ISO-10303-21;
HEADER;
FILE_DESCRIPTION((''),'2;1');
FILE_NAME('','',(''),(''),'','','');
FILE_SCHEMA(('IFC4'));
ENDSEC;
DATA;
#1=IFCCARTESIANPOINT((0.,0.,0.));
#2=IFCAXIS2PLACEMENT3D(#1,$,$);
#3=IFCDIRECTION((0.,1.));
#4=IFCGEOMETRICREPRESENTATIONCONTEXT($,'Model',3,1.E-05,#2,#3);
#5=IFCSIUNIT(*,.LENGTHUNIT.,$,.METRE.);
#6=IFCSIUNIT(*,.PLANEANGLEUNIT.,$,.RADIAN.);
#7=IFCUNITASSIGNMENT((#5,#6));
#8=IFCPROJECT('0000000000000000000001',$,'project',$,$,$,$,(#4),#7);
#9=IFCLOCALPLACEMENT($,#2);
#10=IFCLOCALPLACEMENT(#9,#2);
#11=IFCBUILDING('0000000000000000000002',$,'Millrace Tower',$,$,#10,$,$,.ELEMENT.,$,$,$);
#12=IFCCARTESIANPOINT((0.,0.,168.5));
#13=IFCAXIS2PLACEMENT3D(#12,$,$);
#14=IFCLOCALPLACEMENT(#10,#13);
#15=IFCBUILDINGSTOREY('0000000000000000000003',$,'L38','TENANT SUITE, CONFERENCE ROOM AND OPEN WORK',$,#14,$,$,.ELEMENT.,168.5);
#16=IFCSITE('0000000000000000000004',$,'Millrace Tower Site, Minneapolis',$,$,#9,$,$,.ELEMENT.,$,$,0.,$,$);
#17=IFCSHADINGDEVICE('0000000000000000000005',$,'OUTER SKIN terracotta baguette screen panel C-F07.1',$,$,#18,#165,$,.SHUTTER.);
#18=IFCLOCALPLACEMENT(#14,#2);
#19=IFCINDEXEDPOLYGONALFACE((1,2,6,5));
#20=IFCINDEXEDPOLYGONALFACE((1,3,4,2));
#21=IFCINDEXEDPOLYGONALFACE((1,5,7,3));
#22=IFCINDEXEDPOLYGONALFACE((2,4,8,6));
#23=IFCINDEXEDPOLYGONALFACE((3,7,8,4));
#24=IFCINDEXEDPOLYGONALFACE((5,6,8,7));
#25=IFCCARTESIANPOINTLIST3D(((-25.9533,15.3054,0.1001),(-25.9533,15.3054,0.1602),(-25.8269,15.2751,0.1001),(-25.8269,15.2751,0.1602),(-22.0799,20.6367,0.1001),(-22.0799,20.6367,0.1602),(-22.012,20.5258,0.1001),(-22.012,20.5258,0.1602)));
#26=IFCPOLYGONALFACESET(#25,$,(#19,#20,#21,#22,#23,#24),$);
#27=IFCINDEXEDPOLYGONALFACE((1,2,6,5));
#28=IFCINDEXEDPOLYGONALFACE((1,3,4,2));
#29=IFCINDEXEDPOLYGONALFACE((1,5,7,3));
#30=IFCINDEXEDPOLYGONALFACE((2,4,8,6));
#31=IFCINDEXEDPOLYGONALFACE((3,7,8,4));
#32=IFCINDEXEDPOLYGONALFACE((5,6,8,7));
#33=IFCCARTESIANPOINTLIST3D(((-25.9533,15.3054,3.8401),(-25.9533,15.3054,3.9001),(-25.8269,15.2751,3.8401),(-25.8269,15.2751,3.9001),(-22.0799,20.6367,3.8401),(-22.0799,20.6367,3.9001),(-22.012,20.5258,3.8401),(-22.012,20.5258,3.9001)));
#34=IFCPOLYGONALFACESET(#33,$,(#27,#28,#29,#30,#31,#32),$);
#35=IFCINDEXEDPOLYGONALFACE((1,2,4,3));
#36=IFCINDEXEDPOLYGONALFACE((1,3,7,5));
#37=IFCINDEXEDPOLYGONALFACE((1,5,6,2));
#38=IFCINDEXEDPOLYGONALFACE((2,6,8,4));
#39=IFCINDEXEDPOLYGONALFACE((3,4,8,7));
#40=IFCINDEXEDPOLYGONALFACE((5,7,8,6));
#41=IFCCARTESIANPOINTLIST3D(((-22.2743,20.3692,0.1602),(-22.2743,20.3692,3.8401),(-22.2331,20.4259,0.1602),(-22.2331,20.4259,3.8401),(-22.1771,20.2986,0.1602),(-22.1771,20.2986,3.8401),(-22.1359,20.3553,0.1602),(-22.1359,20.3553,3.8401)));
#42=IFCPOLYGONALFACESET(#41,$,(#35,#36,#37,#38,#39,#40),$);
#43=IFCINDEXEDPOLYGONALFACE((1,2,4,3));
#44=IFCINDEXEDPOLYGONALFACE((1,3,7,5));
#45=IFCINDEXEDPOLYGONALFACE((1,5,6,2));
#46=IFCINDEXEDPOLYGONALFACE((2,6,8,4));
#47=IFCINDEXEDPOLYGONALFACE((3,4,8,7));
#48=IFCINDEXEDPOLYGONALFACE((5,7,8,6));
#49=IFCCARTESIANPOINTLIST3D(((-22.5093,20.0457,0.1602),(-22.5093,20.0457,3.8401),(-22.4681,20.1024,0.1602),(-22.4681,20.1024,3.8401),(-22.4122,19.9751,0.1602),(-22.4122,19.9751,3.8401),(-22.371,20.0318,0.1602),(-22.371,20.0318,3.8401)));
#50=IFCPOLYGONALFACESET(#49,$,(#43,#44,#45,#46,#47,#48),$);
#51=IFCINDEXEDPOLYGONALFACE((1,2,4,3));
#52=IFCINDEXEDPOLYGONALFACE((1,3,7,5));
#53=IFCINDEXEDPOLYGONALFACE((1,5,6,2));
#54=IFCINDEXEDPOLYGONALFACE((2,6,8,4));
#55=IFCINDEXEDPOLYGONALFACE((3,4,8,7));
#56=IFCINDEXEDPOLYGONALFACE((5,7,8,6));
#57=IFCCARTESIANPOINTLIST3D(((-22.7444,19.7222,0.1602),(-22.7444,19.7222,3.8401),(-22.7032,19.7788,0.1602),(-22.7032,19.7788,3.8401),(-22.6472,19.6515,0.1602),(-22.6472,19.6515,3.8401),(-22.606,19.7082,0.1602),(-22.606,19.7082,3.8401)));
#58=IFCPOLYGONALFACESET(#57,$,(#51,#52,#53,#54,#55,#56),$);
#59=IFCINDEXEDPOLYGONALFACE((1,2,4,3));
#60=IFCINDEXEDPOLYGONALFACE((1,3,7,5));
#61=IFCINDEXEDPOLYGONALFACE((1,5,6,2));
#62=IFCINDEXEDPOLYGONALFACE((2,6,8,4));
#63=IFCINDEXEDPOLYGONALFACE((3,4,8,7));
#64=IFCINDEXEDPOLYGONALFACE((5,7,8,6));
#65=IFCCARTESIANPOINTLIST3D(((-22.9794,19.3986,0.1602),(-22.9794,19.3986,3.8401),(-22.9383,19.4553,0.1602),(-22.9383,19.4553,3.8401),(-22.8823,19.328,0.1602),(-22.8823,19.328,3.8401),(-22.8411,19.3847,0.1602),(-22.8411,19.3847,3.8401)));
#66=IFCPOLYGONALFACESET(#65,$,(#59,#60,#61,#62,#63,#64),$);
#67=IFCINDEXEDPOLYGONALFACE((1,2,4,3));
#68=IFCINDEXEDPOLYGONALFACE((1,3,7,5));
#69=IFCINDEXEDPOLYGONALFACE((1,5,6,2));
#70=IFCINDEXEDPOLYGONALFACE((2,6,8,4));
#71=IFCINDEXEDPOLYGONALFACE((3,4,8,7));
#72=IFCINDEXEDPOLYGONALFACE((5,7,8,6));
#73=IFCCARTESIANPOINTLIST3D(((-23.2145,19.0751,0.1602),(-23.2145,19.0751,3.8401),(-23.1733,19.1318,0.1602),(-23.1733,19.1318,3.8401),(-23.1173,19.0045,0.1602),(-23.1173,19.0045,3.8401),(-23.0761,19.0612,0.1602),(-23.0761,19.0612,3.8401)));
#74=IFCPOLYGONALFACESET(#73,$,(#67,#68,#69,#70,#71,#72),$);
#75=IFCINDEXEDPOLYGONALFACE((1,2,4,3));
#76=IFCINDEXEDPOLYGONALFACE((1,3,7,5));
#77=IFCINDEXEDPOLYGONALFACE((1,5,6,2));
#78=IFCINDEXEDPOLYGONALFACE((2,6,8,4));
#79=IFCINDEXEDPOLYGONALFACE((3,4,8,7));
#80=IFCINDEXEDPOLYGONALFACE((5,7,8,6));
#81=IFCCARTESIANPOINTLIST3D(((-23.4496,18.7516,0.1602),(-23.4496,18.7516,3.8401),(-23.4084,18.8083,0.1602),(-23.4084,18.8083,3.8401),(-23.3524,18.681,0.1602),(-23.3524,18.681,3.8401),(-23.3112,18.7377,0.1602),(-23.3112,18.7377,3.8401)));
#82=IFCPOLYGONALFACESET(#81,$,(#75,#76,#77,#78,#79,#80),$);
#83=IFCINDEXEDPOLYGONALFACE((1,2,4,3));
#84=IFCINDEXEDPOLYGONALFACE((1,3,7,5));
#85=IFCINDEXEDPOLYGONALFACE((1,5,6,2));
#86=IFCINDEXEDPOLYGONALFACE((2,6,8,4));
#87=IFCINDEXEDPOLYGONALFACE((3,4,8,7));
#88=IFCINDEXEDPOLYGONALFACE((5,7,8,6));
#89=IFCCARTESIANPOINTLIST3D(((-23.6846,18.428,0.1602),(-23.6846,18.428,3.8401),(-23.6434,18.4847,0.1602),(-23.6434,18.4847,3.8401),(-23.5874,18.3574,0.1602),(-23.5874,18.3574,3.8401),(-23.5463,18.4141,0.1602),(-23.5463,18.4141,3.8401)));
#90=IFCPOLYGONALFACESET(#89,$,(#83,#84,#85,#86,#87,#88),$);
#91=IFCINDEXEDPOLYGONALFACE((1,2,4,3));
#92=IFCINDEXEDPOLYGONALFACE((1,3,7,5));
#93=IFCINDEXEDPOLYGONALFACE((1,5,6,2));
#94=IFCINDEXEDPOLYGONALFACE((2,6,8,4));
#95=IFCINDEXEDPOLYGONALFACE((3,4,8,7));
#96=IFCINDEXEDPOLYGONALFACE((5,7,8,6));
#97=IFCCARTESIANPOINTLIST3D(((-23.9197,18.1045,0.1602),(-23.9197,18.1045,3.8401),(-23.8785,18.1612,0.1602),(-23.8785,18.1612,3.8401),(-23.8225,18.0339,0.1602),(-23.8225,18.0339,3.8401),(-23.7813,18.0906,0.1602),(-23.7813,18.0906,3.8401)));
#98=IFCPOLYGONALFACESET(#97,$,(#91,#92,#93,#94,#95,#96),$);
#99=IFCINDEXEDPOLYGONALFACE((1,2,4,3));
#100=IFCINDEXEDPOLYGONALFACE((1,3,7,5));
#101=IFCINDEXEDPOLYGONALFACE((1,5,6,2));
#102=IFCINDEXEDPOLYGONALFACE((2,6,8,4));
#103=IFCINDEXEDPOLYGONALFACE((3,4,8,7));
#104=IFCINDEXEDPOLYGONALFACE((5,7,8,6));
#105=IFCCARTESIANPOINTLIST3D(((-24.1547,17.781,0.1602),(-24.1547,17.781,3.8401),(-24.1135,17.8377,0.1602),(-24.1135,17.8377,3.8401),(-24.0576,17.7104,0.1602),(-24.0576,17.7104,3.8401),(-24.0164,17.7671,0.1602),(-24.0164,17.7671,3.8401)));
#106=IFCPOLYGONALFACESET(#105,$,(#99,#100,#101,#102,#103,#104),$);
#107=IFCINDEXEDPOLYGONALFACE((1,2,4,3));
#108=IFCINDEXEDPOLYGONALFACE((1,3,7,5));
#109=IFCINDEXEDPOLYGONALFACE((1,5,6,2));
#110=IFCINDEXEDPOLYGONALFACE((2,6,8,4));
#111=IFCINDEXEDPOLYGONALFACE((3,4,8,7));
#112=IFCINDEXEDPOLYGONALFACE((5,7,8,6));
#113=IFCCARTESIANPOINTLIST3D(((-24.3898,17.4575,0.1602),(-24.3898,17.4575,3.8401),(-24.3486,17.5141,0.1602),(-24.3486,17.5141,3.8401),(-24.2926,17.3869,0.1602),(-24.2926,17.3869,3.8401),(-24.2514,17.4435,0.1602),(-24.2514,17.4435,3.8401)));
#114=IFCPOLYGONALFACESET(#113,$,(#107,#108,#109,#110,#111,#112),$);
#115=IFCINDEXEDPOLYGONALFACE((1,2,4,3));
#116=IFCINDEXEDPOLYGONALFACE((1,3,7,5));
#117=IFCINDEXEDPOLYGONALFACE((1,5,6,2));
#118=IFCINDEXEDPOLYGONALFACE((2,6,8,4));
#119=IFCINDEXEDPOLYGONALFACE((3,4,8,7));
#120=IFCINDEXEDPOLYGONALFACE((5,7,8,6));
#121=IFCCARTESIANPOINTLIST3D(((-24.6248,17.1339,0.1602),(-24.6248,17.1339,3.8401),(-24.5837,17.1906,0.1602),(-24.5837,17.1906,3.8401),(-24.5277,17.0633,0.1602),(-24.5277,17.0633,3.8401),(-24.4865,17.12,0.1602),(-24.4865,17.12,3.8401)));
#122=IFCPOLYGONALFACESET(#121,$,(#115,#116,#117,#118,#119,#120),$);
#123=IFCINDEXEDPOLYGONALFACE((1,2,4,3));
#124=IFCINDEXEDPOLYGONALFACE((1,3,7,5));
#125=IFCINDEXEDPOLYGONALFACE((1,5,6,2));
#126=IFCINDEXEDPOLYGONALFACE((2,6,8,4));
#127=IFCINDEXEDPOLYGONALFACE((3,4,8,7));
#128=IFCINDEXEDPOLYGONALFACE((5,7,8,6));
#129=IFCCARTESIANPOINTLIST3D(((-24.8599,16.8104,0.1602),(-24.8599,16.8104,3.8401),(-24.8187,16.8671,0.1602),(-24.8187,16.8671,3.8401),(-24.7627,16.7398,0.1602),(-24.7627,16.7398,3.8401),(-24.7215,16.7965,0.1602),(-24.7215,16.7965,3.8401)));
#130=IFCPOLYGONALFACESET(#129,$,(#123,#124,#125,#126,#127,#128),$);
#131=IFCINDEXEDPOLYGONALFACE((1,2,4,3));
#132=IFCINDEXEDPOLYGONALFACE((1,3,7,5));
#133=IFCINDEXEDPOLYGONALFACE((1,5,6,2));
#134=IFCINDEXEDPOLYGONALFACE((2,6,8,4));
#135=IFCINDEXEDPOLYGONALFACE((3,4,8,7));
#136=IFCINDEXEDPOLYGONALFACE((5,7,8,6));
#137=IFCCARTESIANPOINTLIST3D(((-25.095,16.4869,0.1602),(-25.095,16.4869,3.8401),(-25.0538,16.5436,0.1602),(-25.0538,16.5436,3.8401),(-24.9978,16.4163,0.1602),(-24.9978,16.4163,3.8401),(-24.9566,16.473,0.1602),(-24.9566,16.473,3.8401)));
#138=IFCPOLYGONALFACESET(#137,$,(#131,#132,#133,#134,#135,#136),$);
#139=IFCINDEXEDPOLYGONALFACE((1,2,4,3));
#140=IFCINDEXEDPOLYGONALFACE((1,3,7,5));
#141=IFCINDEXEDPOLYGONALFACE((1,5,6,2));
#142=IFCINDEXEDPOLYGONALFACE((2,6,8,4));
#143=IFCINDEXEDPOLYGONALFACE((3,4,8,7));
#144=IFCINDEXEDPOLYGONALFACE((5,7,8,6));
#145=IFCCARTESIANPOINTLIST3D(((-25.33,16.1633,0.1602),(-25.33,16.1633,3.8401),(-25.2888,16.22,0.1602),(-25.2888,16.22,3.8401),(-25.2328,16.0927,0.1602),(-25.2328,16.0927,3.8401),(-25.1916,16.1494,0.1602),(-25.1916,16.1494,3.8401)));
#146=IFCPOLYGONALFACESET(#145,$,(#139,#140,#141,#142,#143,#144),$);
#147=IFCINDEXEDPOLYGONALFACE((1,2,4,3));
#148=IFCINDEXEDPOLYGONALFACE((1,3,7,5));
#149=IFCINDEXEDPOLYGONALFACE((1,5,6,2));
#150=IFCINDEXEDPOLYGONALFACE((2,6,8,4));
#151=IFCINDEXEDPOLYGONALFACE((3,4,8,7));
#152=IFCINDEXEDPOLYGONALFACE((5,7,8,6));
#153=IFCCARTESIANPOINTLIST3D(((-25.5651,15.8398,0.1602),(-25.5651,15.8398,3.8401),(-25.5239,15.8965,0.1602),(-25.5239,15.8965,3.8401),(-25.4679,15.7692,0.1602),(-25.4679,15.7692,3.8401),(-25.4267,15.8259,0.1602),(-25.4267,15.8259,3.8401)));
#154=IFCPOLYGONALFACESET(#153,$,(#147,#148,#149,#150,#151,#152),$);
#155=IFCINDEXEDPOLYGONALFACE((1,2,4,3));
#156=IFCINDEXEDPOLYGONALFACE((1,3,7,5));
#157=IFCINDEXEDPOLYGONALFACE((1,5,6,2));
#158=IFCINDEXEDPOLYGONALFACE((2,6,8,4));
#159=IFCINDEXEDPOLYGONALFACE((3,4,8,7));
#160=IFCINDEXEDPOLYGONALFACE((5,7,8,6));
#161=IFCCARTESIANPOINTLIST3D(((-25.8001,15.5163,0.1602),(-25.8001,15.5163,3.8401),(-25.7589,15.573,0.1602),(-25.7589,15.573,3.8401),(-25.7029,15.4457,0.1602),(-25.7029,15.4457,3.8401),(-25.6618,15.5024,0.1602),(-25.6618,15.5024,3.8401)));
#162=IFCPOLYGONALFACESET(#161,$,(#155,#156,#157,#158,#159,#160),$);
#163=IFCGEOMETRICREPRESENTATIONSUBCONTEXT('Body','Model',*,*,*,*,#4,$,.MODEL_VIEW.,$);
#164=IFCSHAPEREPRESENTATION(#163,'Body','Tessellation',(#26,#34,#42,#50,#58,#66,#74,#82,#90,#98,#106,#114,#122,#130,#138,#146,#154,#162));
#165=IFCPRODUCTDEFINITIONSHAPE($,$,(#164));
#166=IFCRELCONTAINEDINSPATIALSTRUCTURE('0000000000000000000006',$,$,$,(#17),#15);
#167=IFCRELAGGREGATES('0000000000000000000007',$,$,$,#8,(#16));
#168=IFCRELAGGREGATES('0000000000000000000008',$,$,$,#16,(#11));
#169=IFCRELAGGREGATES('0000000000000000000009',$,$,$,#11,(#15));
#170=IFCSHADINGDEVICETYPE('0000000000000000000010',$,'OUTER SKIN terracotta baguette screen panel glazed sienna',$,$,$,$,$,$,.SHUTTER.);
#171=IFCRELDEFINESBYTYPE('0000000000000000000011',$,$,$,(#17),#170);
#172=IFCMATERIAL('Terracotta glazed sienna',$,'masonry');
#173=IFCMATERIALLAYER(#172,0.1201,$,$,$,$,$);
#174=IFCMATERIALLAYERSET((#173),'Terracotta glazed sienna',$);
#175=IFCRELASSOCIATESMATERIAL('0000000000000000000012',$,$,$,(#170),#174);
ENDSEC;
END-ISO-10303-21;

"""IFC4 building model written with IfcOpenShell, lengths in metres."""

from ifc_helpers import new_model, entity, si_unit, direction, frame, frame_2d, origin, place, context, subcontext, project, spatial, rectangle, extrude, source, transform, mapped, material, layer, layer_set, type_object, element, save


model = new_model("IFC4")

# Units and contexts
model_context = context("Model", 3, precision=1e-05, world=origin(), true_north=direction((0.0, 1.0)))
body_context = subcontext(model_context, "Body", "Model", "MODEL_VIEW")
ifc_project = project(units=[si_unit("LENGTHUNIT", "METRE"), si_unit("PLANEANGLEUNIT", "RADIAN")], contexts=[model_context])

# Site, building, storey
site_placement = place(None, origin())
site = spatial("IfcSite", under=ifc_project, at=site_placement, Name="Millrace Tower Site, Minneapolis", CompositionType="ELEMENT", RefElevation=0.0)
building_placement = place(site_placement, origin())
building = spatial("IfcBuilding", under=site, at=building_placement, Name="Millrace Tower", CompositionType="ELEMENT")
storey_placement = place(building_placement, frame((0.0, 0.0, 168.5)))
storey = spatial("IfcBuildingStorey", under=building, at=storey_placement, Name="L38", Description="TENANT SUITE, CONFERENCE ROOM AND OPEN WORK", CompositionType="ELEMENT", Elevation=168.5)

# Shading device
ifc_material_1 = material(Name="Terracotta glazed sienna", Category="masonry")
ifc_layer_1 = layer(ifc_material_1, 0.1201)
ifc_layer_set_1 = layer_set([ifc_layer_1], Name="Terracotta glazed sienna")
shading_device_type = type_object("IfcShadingDeviceType", Name="OUTER SKIN terracotta baguette screen panel glazed sienna", PredefinedType="SHUTTER", material=ifc_layer_set_1)
cartesian_point_1 = entity("IfcCartesianPoint", [-3.2451, 0.0601])
shared_polyline_1 = entity("IfcPolyline", [cartesian_point_1, entity("IfcCartesianPoint", [3.2451, 0.0601]), entity("IfcCartesianPoint", [3.2949, -0.0601]), entity("IfcCartesianPoint", [-3.2949, -0.0601]), cartesian_point_1])
shared_shape_1 = source(origin(), body_context, "Body", "SweptSolid", [
    entity("IfcExtrudedAreaSolid", entity("IfcArbitraryClosedProfileDef", "AREA", None, shared_polyline_1), entity("IfcAxis2Placement3D", entity("IfcCartesianPoint", [0.0, 0.0, 0.0])), entity("IfcDirection", [0.0, 0.0, 1.0]), 0.0601),
    entity("IfcExtrudedAreaSolid", entity("IfcArbitraryClosedProfileDef", "AREA", None, shared_polyline_1), entity("IfcAxis2Placement3D", entity("IfcCartesianPoint", [0.0, 0.0, 3.74])), entity("IfcDirection", [0.0, 0.0, 1.0]), 0.0601),
    extrude(rectangle(XDim=0.0701, YDim=0.1201, at=frame_2d((-2.9993, 0.0))), frame((0.0, 0.0, 0.0601)), (0.0, 0.0, 1.0), 3.6799),
    extrude(rectangle(XDim=0.0701, YDim=0.1201, at=frame_2d((-2.5994, 0.0))), frame((0.0, 0.0, 0.0601)), (0.0, 0.0, 1.0), 3.6799),
    extrude(rectangle(XDim=0.0701, YDim=0.1201, at=frame_2d((-2.1995, 0.0))), frame((0.0, 0.0, 0.0601)), (0.0, 0.0, 1.0), 3.6799),
    extrude(rectangle(XDim=0.0701, YDim=0.1201, at=frame_2d((-1.7996, 0.0))), frame((0.0, 0.0, 0.0601)), (0.0, 0.0, 1.0), 3.6799),
    extrude(rectangle(XDim=0.0701, YDim=0.1201, at=frame_2d((-1.3997, 0.0))), frame((0.0, 0.0, 0.0601)), (0.0, 0.0, 1.0), 3.6799),
    extrude(rectangle(XDim=0.0701, YDim=0.1201, at=frame_2d((-0.9998, 0.0))), frame((0.0, 0.0, 0.0601)), (0.0, 0.0, 1.0), 3.6799),
    extrude(rectangle(XDim=0.0701, YDim=0.1201, at=frame_2d((-0.5999, 0.0))), frame((0.0, 0.0, 0.0601)), (0.0, 0.0, 1.0), 3.6799),
    extrude(rectangle(XDim=0.0701, YDim=0.1201, at=frame_2d((-0.2, 0.0))), frame((0.0, 0.0, 0.0601)), (0.0, 0.0, 1.0), 3.6799),
    extrude(rectangle(XDim=0.0701, YDim=0.1201, at=frame_2d((0.2, 0.0))), frame((0.0, 0.0, 0.0601)), (0.0, 0.0, 1.0), 3.6799),
    extrude(rectangle(XDim=0.0701, YDim=0.1201, at=frame_2d((0.5999, 0.0))), frame((0.0, 0.0, 0.0601)), (0.0, 0.0, 1.0), 3.6799),
    extrude(rectangle(XDim=0.0701, YDim=0.1201, at=frame_2d((0.9998, 0.0))), frame((0.0, 0.0, 0.0601)), (0.0, 0.0, 1.0), 3.6799),
    extrude(rectangle(XDim=0.0701, YDim=0.1201, at=frame_2d((1.3997, 0.0))), frame((0.0, 0.0, 0.0601)), (0.0, 0.0, 1.0), 3.6799),
    extrude(rectangle(XDim=0.0701, YDim=0.1201, at=frame_2d((1.7996, 0.0))), frame((0.0, 0.0, 0.0601)), (0.0, 0.0, 1.0), 3.6799),
    extrude(rectangle(XDim=0.0701, YDim=0.1201, at=frame_2d((2.1995, 0.0))), frame((0.0, 0.0, 0.0601)), (0.0, 0.0, 1.0), 3.6799),
    extrude(rectangle(XDim=0.0701, YDim=0.1201, at=frame_2d((2.5994, 0.0))), frame((0.0, 0.0, 0.0601)), (0.0, 0.0, 1.0), 3.6799),
    extrude(rectangle(XDim=0.0701, YDim=0.1201, at=frame_2d((2.9993, 0.0))), frame((0.0, 0.0, 0.0601)), (0.0, 0.0, 1.0), 3.6799),
])
shading_device_1_placement = place(storey_placement, frame((-23.968, 17.9358, 0.1001), z_axis=(0.0, 0.0, 1.0), x_axis=(-0.587785, -0.809017, 0.0)))
element("IfcShadingDevice", 1, at=shading_device_1_placement, inside=storey, type_object=shading_device_type, Name="OUTER SKIN terracotta baguette screen panel C-F07.1", PredefinedType="SHUTTER", context=body_context, shape_type="MappedRepresentation", body=[
    mapped(shared_shape_1, transform((0.0, 0.0, 0.0), scale=1.0)),
])

save(model, "model.ifc")
